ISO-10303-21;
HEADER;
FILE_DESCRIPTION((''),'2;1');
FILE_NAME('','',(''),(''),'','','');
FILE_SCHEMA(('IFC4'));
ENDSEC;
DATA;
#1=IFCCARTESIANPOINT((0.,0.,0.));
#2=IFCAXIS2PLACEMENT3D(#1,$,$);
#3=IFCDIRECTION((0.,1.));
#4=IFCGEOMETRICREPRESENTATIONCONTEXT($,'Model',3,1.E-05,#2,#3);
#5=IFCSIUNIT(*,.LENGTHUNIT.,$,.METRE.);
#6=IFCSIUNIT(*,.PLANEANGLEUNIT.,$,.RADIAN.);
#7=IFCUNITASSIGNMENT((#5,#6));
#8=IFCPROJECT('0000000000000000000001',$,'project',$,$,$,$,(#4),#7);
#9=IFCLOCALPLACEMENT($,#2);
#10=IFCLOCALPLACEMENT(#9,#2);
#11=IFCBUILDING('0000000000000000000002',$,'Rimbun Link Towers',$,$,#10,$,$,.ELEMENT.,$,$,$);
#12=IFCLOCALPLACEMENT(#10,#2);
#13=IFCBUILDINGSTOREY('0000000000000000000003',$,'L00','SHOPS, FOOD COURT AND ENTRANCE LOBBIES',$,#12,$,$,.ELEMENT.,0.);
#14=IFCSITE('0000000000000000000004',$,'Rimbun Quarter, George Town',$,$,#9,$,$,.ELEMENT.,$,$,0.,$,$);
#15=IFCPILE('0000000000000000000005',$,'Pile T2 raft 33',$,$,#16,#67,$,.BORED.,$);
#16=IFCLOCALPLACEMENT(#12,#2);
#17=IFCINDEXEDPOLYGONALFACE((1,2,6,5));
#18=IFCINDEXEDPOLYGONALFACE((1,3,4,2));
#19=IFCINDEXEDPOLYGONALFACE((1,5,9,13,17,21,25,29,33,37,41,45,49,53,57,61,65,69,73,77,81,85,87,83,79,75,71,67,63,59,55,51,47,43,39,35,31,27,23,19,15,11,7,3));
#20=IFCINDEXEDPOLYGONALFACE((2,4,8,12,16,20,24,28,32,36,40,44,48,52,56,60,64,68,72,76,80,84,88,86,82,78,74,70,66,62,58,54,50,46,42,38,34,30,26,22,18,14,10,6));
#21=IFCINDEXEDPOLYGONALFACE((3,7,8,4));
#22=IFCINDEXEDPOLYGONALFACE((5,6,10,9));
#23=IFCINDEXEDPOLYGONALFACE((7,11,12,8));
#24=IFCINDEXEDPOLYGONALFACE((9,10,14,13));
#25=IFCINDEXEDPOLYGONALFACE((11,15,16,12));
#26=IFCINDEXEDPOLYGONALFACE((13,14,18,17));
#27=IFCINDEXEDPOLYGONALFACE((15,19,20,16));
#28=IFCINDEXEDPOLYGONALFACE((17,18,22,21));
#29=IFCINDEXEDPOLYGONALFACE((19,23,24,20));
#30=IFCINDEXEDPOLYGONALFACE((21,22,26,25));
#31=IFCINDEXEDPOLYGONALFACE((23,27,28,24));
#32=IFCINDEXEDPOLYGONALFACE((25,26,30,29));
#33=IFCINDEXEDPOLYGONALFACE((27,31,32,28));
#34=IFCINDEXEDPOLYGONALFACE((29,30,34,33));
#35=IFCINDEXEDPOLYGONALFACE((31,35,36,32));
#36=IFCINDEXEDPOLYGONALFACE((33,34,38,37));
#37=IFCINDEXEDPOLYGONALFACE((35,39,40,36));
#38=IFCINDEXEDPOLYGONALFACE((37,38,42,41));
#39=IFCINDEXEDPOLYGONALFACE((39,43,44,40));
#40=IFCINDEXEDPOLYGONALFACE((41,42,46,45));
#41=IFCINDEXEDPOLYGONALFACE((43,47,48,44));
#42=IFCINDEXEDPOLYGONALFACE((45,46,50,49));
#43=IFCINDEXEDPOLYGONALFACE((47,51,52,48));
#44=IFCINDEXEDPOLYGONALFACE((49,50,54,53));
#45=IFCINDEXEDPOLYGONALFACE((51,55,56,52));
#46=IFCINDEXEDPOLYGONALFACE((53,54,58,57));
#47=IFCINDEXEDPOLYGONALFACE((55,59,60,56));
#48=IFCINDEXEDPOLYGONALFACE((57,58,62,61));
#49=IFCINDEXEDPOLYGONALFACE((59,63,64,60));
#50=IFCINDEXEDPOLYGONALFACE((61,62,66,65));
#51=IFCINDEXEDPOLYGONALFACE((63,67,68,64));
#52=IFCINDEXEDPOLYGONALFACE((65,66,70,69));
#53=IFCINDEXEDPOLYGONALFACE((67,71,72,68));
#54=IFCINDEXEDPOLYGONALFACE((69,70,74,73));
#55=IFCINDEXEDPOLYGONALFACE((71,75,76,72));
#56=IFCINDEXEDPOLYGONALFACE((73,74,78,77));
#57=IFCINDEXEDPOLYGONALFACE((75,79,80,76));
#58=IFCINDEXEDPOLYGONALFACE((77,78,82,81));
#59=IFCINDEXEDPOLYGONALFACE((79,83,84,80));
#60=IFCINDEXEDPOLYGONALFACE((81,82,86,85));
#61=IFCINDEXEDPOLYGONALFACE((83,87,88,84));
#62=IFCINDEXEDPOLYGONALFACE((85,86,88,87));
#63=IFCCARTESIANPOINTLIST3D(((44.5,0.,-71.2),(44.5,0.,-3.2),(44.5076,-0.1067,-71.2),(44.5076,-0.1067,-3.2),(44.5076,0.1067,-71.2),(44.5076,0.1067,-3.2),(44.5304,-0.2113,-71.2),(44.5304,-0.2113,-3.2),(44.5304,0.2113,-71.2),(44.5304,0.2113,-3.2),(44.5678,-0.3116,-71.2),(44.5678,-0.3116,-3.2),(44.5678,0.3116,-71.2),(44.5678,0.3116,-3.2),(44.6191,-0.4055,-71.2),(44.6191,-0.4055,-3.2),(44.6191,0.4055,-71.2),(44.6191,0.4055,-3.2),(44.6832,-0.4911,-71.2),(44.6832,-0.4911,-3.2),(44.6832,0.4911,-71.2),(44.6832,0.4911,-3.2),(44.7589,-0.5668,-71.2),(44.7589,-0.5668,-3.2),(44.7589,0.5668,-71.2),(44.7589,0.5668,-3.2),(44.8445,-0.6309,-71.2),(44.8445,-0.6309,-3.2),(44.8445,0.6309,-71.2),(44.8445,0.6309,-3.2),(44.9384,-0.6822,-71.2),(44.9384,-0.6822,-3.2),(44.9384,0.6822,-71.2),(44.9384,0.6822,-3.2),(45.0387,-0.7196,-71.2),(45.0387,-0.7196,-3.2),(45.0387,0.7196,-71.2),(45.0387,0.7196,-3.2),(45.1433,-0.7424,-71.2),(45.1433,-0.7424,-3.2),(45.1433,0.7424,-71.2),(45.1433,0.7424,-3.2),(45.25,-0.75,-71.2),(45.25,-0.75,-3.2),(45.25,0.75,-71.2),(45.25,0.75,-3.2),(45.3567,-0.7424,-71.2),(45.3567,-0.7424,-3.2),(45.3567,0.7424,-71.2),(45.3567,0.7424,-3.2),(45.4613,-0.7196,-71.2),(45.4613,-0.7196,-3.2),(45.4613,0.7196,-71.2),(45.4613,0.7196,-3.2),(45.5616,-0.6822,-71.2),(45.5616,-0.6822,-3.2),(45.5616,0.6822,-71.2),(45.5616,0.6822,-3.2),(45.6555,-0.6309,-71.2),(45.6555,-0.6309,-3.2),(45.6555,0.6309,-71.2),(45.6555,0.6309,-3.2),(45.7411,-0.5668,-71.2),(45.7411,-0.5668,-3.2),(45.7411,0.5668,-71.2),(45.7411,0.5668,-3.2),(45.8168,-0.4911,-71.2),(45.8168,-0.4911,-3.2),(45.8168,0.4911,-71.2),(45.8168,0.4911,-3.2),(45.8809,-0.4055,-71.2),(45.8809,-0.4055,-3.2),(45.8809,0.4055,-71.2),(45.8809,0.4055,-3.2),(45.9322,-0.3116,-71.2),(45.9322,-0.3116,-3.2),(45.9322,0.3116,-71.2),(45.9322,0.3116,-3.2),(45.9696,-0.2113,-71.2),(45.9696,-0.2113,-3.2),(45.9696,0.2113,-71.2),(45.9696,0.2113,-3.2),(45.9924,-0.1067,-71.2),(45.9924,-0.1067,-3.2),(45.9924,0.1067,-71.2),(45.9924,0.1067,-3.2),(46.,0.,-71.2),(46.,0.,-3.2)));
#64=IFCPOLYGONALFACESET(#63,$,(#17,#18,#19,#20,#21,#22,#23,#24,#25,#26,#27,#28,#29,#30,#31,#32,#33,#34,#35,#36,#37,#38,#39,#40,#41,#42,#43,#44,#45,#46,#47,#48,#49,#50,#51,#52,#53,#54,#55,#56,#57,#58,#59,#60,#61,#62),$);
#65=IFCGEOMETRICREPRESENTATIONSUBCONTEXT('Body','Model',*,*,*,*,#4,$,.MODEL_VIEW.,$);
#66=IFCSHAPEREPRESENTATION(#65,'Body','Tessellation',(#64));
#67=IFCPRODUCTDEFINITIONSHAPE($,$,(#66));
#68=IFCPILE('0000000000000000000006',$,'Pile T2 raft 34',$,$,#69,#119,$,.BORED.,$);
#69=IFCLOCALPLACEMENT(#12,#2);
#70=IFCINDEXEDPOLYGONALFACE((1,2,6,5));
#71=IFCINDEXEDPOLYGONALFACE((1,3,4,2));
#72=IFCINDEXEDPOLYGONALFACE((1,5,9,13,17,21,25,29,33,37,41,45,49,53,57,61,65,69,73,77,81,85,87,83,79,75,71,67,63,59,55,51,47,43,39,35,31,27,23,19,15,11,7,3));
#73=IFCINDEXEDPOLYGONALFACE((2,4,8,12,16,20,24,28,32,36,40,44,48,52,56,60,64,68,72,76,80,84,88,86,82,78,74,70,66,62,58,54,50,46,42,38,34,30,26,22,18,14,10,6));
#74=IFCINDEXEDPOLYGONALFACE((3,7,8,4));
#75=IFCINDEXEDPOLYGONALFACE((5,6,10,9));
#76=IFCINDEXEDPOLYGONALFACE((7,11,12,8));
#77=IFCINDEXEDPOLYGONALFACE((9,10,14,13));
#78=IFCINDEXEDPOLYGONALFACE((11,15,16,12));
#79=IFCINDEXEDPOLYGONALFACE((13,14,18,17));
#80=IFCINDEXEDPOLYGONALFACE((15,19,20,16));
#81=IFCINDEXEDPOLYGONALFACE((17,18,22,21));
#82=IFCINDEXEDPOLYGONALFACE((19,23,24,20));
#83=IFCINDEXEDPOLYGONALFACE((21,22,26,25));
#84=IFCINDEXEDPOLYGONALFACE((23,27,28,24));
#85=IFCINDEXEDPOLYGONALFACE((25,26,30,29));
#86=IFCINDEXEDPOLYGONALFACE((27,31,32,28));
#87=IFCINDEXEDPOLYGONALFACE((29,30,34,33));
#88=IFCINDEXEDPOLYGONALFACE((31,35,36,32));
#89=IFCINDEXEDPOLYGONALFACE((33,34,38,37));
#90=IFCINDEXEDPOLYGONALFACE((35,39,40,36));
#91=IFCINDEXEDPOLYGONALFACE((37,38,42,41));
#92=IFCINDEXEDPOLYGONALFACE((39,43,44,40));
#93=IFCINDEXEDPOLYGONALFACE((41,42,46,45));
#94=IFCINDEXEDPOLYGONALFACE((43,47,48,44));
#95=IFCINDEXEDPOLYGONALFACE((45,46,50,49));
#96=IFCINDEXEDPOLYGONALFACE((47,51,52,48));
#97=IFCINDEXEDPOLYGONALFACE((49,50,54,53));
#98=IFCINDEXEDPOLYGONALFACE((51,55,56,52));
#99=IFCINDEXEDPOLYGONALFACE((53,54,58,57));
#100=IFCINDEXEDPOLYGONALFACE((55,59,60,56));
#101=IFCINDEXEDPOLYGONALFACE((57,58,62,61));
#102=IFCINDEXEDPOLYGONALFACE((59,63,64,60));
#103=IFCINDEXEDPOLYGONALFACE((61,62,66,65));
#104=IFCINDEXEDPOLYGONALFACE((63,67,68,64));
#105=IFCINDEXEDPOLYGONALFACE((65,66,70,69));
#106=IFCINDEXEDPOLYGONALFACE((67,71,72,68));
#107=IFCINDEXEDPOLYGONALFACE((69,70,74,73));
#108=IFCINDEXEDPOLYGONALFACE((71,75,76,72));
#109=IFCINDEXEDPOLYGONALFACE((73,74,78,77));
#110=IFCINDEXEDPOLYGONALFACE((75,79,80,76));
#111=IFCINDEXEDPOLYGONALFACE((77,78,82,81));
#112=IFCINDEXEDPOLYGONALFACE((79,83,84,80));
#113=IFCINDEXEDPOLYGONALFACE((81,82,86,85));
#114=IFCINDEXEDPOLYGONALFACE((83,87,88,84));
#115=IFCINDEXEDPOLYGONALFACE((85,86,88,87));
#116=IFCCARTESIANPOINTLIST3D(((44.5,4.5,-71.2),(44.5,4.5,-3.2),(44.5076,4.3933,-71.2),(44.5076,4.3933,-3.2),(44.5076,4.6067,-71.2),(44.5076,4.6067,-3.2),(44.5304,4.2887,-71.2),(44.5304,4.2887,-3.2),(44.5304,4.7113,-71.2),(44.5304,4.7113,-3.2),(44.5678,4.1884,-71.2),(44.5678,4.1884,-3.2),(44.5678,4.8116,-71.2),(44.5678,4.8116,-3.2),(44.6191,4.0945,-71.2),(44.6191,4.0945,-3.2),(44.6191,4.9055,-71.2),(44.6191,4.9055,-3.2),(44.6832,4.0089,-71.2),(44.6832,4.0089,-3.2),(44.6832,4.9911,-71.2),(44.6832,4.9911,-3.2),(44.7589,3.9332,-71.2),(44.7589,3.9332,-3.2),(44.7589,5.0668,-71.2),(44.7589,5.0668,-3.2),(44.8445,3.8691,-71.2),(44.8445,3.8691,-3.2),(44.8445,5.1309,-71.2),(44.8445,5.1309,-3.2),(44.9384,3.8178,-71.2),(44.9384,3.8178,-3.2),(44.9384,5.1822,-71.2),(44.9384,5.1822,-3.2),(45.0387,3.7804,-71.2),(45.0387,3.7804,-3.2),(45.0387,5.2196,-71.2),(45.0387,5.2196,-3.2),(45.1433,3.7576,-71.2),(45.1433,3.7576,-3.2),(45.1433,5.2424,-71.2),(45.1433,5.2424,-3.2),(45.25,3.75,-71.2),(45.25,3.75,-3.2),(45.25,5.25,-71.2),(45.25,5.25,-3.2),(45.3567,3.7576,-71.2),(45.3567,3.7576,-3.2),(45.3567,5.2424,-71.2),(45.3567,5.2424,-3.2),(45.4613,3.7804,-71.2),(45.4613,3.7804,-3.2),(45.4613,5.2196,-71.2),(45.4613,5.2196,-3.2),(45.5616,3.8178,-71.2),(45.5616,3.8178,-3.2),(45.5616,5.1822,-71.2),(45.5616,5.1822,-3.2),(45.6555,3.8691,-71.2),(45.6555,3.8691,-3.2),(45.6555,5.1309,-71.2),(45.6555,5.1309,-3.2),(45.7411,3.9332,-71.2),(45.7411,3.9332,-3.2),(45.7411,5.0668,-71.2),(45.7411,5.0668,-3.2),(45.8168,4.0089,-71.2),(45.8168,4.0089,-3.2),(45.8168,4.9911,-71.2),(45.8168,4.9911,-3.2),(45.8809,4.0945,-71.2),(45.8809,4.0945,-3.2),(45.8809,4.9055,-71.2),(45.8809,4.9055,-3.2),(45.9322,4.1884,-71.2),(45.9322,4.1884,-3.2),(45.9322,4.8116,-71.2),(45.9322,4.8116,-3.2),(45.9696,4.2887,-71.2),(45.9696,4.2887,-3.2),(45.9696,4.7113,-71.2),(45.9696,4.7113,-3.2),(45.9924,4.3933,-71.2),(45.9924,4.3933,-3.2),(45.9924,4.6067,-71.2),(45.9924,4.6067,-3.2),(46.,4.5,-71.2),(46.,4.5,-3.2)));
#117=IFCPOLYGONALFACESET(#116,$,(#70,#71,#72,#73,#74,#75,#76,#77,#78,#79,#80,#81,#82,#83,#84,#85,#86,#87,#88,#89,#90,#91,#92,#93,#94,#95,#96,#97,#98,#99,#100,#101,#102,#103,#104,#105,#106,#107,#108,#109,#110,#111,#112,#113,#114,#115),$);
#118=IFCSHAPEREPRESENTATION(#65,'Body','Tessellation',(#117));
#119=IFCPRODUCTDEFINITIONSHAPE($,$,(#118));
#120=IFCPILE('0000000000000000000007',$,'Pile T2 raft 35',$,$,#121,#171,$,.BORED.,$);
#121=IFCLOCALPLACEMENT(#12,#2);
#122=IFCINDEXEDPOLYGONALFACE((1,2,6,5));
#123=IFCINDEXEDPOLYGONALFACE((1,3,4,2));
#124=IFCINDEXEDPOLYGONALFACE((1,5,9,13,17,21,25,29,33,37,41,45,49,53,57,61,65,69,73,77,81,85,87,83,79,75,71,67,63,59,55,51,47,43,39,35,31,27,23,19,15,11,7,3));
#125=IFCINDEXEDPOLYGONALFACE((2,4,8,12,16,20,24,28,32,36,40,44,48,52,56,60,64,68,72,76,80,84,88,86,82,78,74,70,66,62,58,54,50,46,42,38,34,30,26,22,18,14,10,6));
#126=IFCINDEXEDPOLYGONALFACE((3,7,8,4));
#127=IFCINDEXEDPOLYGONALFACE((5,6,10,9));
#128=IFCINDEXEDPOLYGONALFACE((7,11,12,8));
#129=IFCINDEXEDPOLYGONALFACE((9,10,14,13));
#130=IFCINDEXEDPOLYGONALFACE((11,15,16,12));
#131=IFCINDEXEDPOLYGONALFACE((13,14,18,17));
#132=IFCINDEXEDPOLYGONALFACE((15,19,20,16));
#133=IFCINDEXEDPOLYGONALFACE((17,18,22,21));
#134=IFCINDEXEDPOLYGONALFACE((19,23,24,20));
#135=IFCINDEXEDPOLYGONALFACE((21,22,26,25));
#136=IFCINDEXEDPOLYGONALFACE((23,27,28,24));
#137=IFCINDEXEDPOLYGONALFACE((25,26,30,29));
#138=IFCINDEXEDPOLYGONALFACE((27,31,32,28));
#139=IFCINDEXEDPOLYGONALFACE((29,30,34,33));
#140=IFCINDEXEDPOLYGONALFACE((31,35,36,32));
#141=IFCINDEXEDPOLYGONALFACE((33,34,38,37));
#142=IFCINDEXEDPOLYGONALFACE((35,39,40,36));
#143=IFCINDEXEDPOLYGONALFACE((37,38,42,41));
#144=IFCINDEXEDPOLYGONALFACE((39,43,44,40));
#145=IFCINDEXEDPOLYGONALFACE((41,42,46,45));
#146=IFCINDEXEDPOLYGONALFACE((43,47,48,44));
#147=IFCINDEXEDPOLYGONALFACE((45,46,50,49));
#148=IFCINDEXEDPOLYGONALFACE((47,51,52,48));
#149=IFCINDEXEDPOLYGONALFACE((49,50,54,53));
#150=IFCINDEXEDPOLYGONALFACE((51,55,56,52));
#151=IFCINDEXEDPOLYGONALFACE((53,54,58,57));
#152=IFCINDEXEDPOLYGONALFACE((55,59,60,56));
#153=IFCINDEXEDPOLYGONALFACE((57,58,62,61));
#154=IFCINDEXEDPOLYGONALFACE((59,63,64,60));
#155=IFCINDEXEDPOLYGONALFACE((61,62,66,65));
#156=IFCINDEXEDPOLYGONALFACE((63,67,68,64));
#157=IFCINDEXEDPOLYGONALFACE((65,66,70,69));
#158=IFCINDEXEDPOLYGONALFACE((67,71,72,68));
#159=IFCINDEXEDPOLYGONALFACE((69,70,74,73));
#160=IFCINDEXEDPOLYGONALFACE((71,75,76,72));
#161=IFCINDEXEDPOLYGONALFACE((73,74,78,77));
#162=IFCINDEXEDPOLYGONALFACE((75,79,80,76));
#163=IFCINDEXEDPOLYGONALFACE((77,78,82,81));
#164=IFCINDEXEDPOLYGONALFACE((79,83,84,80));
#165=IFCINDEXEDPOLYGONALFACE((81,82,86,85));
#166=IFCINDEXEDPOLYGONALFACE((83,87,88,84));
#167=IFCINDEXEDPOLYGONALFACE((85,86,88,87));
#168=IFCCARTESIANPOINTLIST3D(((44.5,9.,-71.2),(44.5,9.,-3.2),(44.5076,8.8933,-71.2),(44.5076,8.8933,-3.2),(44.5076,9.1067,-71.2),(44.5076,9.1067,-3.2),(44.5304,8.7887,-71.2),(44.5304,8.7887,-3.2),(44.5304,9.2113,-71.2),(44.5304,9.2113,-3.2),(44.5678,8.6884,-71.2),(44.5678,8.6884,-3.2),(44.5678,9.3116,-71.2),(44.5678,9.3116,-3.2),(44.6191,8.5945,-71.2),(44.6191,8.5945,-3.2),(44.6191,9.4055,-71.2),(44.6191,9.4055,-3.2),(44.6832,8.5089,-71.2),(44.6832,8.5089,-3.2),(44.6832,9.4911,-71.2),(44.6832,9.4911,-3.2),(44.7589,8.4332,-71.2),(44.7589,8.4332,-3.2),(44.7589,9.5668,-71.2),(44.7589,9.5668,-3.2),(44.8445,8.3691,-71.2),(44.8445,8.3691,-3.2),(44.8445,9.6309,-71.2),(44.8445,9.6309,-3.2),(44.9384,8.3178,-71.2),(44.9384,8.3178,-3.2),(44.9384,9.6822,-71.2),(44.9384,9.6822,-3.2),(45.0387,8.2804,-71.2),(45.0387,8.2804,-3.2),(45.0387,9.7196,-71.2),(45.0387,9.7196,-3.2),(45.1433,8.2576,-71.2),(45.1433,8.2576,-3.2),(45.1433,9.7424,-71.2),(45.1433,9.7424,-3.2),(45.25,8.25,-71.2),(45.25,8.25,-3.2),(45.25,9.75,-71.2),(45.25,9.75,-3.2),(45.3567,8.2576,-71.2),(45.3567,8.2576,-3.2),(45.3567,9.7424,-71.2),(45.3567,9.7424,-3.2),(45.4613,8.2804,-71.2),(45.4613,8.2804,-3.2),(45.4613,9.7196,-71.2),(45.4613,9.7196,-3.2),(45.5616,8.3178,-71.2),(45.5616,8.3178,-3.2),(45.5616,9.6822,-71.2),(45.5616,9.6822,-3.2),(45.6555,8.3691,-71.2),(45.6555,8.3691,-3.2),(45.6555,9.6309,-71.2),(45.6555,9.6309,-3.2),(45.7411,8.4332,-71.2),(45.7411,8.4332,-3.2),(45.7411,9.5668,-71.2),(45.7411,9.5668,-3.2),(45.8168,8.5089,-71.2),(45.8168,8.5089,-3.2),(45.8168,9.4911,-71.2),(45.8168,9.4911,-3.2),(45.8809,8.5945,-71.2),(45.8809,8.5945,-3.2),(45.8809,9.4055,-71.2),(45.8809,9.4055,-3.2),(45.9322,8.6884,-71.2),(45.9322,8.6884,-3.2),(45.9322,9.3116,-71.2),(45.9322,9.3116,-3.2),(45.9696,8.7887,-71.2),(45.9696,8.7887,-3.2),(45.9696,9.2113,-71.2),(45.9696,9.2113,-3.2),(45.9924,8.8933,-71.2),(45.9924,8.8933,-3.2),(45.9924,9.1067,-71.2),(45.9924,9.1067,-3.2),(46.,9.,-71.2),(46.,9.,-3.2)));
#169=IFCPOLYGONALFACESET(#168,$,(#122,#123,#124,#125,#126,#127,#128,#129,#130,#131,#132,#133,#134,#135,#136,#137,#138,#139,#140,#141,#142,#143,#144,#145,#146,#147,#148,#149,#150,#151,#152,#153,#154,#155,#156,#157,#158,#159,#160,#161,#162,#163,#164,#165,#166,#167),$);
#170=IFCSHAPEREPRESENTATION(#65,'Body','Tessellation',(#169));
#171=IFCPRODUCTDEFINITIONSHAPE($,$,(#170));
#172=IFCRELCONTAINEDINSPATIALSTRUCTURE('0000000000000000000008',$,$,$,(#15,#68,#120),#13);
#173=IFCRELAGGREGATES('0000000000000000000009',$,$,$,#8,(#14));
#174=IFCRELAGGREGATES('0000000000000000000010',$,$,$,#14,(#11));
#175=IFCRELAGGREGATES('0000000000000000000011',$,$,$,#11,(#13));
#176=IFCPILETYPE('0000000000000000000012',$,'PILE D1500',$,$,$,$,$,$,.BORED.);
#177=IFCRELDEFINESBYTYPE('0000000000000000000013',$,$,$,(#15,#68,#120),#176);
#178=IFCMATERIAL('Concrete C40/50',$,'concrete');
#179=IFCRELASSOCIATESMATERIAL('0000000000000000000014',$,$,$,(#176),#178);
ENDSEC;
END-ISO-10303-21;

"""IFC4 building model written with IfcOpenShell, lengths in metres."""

from ifc_helpers import new_model, si_unit, direction, frame, origin, origin_2d, place, context, subcontext, project, spatial, circle, extrude, material, material_profile, profile_set, type_object, element, save


model = new_model("IFC4")

# Units and contexts
model_context = context("Model", 3, precision=1e-05, world=origin(), true_north=direction((0.0, 1.0)))
body_context = subcontext(model_context, "Body", "Model", "MODEL_VIEW")
ifc_project = project(units=[si_unit("LENGTHUNIT", "METRE"), si_unit("PLANEANGLEUNIT", "RADIAN")], contexts=[model_context])

# Site, building, storey
site_placement = place(None, origin())
site = spatial("IfcSite", under=ifc_project, at=site_placement, Name="Rimbun Quarter, George Town", CompositionType="ELEMENT", RefElevation=0.0)
building_placement = place(site_placement, origin())
building = spatial("IfcBuilding", under=site, at=building_placement, Name="Rimbun Link Towers", CompositionType="ELEMENT")
storey_placement = place(building_placement, origin())
storey = spatial("IfcBuildingStorey", under=building, at=storey_placement, Name="L00", Description="SHOPS, FOOD COURT AND ENTRANCE LOBBIES", CompositionType="ELEMENT", Elevation=0.0)

# Piles
ifc_material_1 = material(Name="Concrete C40/50", Category="concrete")
ifc_material_profile_1 = material_profile(ifc_material_1, circle(Radius=0.75, at=origin_2d()), Name="PILE D1500")
ifc_profile_set_1 = profile_set([ifc_material_profile_1], Name="Concrete C40/50")
pile_type_1 = type_object("IfcPileType", Name="PILE D1500", PredefinedType="BORED", material=ifc_profile_set_1)
for number, where, z_axis, x_axis, name in (
    (1, (45.25, 0.0, -3.2), (0.0, 0.0, -1.0), (1.0, 0.0, 0.0), "Pile T2 raft 33"),
    (2, (45.25, 4.5, -3.2), (0.0, 0.0, -1.0), (1.0, 0.0, 0.0), "Pile T2 raft 34"),
    (3, (45.25, 9.0, -3.2), (0.0, 0.0, -1.0), (1.0, 0.0, 0.0), "Pile T2 raft 35"),
):
    element("IfcPile", number, at=place(storey_placement, frame(where, z_axis=z_axis, x_axis=x_axis)), inside=storey, type_object=pile_type_1, Name=name, PredefinedType="BORED", context=body_context, shape_type="SweptSolid", body=[
        extrude(circle(Radius=0.75, at=origin_2d()), origin(), (0.0, 0.0, 1.0), 68.0),
    ])

save(model, "model.ifc")
